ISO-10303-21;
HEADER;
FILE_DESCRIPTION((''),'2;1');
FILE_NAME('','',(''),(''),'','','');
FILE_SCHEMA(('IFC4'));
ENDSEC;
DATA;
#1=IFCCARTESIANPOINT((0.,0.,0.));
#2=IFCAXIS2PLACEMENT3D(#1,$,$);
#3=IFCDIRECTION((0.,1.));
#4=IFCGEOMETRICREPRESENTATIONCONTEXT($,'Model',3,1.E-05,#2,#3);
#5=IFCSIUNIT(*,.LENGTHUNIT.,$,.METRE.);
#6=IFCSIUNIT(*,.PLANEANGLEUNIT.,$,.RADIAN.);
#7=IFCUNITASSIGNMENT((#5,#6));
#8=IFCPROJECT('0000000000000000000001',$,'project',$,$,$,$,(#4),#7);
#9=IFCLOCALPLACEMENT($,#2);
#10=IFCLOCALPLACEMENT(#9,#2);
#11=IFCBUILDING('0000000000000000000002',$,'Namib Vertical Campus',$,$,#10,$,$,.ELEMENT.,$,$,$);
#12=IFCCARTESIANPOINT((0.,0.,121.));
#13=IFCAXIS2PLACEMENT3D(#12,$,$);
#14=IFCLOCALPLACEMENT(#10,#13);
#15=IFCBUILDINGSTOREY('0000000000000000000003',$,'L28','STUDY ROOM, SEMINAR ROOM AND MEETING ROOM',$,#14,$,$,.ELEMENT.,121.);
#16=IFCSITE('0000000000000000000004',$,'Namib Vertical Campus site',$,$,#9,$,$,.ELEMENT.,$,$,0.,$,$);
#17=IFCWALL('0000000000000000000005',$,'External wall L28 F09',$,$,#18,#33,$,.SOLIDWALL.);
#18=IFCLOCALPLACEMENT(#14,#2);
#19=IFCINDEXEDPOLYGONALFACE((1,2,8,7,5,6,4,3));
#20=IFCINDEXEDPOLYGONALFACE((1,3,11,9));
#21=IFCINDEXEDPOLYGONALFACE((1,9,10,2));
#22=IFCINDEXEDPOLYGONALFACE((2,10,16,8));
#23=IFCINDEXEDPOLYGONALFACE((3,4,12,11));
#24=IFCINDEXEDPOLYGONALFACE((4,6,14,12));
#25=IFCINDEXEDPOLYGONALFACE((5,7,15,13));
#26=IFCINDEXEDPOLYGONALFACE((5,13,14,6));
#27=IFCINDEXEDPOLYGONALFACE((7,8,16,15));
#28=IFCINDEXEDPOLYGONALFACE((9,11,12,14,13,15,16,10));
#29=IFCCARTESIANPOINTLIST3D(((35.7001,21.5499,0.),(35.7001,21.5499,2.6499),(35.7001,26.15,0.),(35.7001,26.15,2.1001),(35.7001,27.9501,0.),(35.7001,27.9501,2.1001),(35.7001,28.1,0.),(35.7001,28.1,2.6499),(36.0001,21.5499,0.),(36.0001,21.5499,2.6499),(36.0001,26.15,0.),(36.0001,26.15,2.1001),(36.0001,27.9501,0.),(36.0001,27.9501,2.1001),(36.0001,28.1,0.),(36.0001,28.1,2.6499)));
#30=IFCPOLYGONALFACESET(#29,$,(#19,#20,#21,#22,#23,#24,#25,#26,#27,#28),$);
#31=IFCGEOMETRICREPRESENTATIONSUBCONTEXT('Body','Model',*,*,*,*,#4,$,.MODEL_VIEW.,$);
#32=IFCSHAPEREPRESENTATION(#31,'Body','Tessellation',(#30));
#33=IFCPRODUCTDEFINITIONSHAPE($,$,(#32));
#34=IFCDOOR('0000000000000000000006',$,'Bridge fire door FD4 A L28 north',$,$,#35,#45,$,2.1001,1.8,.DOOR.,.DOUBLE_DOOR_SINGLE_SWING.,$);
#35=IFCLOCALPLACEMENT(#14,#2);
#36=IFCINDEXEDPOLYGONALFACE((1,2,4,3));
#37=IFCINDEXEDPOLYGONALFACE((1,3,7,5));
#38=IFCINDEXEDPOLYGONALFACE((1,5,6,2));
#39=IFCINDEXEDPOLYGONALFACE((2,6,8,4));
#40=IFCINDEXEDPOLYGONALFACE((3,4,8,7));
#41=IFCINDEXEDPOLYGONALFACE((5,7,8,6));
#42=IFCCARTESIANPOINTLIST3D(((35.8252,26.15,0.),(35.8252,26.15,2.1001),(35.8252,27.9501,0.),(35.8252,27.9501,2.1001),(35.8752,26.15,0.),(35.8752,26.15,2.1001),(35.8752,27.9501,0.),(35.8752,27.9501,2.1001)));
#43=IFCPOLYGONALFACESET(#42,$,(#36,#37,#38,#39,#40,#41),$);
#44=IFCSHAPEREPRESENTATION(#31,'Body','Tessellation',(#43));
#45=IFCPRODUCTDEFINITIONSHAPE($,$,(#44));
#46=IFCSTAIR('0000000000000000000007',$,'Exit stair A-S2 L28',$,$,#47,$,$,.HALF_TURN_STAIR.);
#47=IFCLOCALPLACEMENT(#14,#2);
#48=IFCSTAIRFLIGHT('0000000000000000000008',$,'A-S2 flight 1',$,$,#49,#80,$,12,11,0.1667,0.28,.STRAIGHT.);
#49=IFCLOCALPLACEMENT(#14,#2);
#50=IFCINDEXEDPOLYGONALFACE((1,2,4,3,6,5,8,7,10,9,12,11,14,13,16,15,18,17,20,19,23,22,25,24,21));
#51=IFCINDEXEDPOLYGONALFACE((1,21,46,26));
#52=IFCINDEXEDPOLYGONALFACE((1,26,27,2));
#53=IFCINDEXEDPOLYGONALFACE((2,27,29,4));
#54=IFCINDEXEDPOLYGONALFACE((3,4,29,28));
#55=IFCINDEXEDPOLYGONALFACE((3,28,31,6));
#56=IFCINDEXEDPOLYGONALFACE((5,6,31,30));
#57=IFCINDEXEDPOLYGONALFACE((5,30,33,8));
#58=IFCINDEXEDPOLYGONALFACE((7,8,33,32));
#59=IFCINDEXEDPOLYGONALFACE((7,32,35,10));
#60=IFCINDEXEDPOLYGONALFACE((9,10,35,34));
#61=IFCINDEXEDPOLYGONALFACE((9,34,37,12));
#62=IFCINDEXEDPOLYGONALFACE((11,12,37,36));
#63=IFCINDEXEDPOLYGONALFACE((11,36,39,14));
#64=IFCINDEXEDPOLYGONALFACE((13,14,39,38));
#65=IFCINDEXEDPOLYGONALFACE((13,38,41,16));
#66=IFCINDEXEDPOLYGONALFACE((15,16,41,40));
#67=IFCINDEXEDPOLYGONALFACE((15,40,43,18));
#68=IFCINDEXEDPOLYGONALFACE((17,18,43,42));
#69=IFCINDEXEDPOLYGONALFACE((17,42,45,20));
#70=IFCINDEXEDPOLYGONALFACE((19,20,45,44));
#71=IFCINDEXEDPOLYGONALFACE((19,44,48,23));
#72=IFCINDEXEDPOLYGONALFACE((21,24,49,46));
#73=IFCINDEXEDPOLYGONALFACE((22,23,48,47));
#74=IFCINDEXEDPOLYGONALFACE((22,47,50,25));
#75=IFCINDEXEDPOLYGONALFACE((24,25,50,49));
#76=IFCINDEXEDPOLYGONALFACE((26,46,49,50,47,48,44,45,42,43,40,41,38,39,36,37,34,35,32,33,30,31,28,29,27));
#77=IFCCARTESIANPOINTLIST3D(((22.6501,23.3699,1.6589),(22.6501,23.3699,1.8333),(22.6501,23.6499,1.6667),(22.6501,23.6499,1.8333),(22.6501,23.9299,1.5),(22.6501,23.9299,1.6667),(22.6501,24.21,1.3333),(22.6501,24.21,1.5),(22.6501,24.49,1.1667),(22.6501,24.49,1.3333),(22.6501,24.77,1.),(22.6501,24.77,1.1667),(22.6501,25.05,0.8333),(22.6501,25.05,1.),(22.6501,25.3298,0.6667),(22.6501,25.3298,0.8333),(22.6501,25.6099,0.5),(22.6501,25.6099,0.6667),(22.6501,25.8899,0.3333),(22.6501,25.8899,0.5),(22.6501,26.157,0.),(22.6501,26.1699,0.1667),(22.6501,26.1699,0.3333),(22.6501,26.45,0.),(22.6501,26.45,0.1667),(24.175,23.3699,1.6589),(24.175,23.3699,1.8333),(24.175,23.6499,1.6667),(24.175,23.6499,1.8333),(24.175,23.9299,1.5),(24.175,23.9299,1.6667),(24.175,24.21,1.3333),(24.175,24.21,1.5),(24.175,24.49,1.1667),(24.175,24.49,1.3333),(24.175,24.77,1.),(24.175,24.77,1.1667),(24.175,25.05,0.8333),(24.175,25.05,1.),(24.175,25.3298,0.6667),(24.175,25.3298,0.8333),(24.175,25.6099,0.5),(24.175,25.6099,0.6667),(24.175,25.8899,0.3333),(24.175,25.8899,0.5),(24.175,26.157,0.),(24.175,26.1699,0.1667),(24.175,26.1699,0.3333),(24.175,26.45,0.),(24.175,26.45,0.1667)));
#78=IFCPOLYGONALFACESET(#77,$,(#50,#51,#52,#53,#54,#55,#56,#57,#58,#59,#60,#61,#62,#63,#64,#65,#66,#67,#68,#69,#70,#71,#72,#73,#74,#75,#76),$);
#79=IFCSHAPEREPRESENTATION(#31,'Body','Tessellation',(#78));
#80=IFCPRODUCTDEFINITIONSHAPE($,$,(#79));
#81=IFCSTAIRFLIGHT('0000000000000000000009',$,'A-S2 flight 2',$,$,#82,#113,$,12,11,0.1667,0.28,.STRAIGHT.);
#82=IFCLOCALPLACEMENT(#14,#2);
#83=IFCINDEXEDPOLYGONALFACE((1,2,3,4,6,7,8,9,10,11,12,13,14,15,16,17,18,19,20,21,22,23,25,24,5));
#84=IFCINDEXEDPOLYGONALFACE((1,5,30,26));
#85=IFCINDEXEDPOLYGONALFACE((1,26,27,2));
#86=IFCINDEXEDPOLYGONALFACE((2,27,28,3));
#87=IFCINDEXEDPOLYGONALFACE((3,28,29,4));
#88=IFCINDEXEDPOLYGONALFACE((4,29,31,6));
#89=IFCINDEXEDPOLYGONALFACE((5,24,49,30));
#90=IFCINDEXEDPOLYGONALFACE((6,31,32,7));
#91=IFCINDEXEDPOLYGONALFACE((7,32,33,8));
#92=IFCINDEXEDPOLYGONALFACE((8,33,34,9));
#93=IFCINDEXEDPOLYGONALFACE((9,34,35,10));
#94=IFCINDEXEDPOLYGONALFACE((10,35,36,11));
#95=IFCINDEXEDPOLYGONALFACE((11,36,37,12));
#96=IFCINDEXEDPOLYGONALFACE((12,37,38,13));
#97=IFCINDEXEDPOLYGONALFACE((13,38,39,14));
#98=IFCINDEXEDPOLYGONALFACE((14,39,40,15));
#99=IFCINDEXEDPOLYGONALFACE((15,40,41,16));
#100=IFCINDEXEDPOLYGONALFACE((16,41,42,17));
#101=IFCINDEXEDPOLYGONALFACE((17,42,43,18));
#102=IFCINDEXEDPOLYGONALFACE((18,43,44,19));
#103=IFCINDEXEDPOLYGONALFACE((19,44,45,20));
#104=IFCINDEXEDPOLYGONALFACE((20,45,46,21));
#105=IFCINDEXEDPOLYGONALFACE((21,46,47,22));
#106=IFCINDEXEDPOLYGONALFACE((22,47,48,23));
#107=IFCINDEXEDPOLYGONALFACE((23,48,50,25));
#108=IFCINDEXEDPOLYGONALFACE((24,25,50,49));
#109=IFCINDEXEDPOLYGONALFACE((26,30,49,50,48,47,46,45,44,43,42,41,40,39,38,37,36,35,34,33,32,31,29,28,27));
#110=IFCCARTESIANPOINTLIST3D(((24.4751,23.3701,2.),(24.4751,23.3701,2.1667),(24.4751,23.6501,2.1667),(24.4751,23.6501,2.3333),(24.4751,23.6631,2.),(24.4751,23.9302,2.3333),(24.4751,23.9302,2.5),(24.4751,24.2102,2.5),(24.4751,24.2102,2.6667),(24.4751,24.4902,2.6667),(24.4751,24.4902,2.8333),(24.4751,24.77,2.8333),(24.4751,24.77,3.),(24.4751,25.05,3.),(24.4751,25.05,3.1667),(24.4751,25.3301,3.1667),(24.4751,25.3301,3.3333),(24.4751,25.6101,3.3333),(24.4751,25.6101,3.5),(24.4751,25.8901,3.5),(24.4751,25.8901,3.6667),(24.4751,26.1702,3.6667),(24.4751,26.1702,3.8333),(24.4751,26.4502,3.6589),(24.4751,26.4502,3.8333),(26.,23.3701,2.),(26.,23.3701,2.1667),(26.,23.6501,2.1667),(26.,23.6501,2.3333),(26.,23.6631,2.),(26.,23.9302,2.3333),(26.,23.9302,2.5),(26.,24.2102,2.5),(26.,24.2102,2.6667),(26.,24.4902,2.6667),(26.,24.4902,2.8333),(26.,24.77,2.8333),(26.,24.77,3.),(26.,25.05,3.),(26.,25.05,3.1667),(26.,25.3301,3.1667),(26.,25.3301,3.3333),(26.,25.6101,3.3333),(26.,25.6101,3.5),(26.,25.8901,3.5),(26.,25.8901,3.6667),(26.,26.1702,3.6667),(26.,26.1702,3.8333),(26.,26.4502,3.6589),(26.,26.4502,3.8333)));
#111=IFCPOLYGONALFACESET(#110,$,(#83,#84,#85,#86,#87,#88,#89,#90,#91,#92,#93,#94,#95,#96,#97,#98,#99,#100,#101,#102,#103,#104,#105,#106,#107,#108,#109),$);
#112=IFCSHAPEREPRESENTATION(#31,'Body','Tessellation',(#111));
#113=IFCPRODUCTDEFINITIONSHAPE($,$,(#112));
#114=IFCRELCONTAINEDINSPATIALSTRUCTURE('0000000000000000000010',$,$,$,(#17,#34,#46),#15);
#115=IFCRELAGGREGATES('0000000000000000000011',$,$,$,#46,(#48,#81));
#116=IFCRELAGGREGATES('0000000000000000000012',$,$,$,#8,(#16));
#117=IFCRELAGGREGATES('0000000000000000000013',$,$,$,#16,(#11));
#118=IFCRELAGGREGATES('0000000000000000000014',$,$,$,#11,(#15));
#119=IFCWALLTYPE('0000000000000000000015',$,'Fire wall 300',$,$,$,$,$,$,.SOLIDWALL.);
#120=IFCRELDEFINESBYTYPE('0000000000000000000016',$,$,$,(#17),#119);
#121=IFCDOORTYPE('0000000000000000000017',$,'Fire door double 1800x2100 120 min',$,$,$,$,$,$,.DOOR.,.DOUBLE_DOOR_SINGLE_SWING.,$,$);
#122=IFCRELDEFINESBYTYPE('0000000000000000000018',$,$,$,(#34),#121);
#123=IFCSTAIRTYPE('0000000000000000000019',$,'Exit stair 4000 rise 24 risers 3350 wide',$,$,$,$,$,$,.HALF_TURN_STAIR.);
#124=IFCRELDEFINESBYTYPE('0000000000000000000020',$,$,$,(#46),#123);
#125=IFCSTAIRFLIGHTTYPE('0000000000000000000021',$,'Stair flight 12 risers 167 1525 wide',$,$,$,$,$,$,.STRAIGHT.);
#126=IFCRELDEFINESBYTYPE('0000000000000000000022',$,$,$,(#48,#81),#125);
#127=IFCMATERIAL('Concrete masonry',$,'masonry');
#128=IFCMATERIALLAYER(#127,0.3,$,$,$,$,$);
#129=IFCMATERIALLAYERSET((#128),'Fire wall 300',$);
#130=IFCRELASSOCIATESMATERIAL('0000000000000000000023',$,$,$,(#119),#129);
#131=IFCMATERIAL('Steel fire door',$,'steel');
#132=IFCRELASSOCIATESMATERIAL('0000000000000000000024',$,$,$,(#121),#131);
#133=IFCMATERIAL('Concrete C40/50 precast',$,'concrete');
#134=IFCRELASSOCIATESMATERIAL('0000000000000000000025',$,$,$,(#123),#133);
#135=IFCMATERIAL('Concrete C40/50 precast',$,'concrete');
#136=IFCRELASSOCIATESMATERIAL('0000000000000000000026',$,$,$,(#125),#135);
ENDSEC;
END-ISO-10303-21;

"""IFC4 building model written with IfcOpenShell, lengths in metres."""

from ifc_helpers import new_model, si_unit, direction, frame, frame_2d, origin, place, context, subcontext, project, spatial, polyline, rectangle, outline, extrude, material, layer, layer_set, type_object, element, fill, aggregate, save


model = new_model("IFC4")

# Units and contexts
model_context = context("Model", 3, precision=1e-05, world=origin(), true_north=direction((0.0, 1.0)))
body_context = subcontext(model_context, "Body", "Model", "MODEL_VIEW")
ifc_project = project(units=[si_unit("LENGTHUNIT", "METRE"), si_unit("PLANEANGLEUNIT", "RADIAN")], contexts=[model_context])

# Site, building, storey
site_placement = place(None, origin())
site = spatial("IfcSite", under=ifc_project, at=site_placement, Name="Namib Vertical Campus site", CompositionType="ELEMENT", RefElevation=0.0)
building_placement = place(site_placement, origin())
building = spatial("IfcBuilding", under=site, at=building_placement, Name="Namib Vertical Campus", CompositionType="ELEMENT")
storey_placement = place(building_placement, frame((0.0, 0.0, 121.0)))
storey = spatial("IfcBuildingStorey", under=building, at=storey_placement, Name="L28", Description="STUDY ROOM, SEMINAR ROOM AND MEETING ROOM", CompositionType="ELEMENT", Elevation=121.0)

# Wall, opening, door
ifc_material_1 = material(Name="Concrete masonry", Category="masonry")
ifc_layer_1 = layer(ifc_material_1, 0.3)
ifc_layer_set_1 = layer_set([ifc_layer_1], Name="Fire wall 300")
wall_type_1 = type_object("IfcWallType", Name="Fire wall 300", PredefinedType="SOLIDWALL", material=ifc_layer_set_1)
wall_1_placement = place(storey_placement, frame((35.8501, 21.55, 0.0), z_axis=(0.0, 0.0, 1.0), x_axis=(0.0, 1.0, 0.0)))
wall_1 = element("IfcWall", 1, at=wall_1_placement, inside=storey, type_object=wall_type_1, Name="External wall L28 F09", PredefinedType="SOLIDWALL", context=body_context, shape_type="SweptSolid", body=[
    extrude(rectangle(XDim=6.55, YDim=0.3, at=frame_2d((3.2749, 0.0))), origin(), (0.0, 0.0, 1.0), 2.6499),
])
opening_1_placement = place(wall_1_placement, frame((4.6001, 0.0, 0.0)))
opening_1 = element("IfcOpeningElement", 2, at=opening_1_placement, cuts=wall_1, PredefinedType="OPENING", context=body_context, shape_type="SweptSolid", body=[
    extrude(rectangle(XDim=1.8, YDim=2.1001, at=frame_2d((0.8999, 1.05))), frame((0.0, 0.1599, 0.0), z_axis=(0.0, -1.0, 0.0), x_axis=(1.0, 0.0, 0.0)), (0.0, 0.0, 1.0), 0.3201),
])
ifc_material_2 = material(Name="Steel fire door", Category="steel")
door_type_1 = type_object("IfcDoorType", Name="Fire door double 1800x2100 120 min", OperationType="DOUBLE_DOOR_SINGLE_SWING", PredefinedType="DOOR", material=ifc_material_2)
door_1_placement = place(opening_1_placement, origin())
door_1 = element("IfcDoor", 3, at=door_1_placement, inside=storey, type_object=door_type_1, Name="Bridge fire door FD4 A L28 north", OperationType="DOUBLE_DOOR_SINGLE_SWING", OverallHeight=2.1001, OverallWidth=1.8, PredefinedType="DOOR", context=body_context, shape_type="SweptSolid", body=[
    extrude(rectangle(XDim=1.8, YDim=2.1001, at=frame_2d((0.8999, 1.05))), frame((0.0, 0.0249, 0.0), z_axis=(0.0, -1.0, 0.0), x_axis=(1.0, 0.0, 0.0)), (0.0, 0.0, 1.0), 0.05),
])
fill(opening_1, door_1)

# Stair, stair flights
ifc_material_3 = material(Name="Concrete C40/50 precast", Category="concrete")
stair_type = type_object("IfcStairType", Name="Exit stair 4000 rise 24 risers 3350 wide", PredefinedType="HALF_TURN_STAIR", material=ifc_material_3)
stair_placement = place(storey_placement, origin())
stair = element("IfcStair", 4, at=stair_placement, inside=storey, type_object=stair_type, Name="Exit stair A-S2 L28", PredefinedType="HALF_TURN_STAIR")
ifc_material_4 = material(Name="Concrete C40/50 precast", Category="concrete")
stair_flight_type = type_object("IfcStairFlightType", Name="Stair flight 12 risers 167 1525 wide", PredefinedType="STRAIGHT", material=ifc_material_4)
stair_flight_1_placement = place(storey_placement, frame((23.4126, 26.45, 0.0), z_axis=(0.0, 0.0, 1.0), x_axis=(0.0, -1.0, 0.0)))
stair_flight_1 = element("IfcStairFlight", 5, at=stair_flight_1_placement, type_object=stair_flight_type, Name="A-S2 flight 1", NumberOfRisers=12, NumberOfTreads=11, PredefinedType="STRAIGHT", RiserHeight=0.1667, TreadLength=0.28, context=body_context, shape_type="SweptSolid", body=[
    extrude(outline(polyline([(0.0, 0.0), (0.0, 0.1667), (0.28, 0.1667), (0.28, 0.3333), (0.5601, 0.3333), (0.5601, 0.5), (0.8401, 0.5), (0.8401, 0.6667), (1.1201, 0.6667), (1.1201, 0.8333), (1.3999, 0.8333), (1.3999, 1.0), (1.6799, 1.0), (1.6799, 1.1667), (1.96, 1.1667), (1.96, 1.3333), (2.24, 1.3333), (2.24, 1.5), (2.52, 1.5), (2.52, 1.6667), (2.8, 1.6667), (2.8, 1.8333), (3.0801, 1.8333), (3.0801, 2.0), (3.0801, 1.6589), (0.293, 0.0), (0.0, 0.0)])), frame((0.0, 0.7625, 0.0), z_axis=(0.0, -1.0, 0.0), x_axis=(1.0, 0.0, 0.0)), (0.0, 0.0, 1.0), 1.5249),
])
stair_flight_2_placement = place(storey_placement, frame((25.2375, 23.3701, 2.0), z_axis=(0.0, 0.0, 1.0), x_axis=(0.0, 1.0, 0.0)))
stair_flight_2 = element("IfcStairFlight", 6, at=stair_flight_2_placement, type_object=stair_flight_type, Name="A-S2 flight 2", NumberOfRisers=12, NumberOfTreads=11, PredefinedType="STRAIGHT", RiserHeight=0.1667, TreadLength=0.28, context=body_context, shape_type="SweptSolid", body=[
    extrude(outline(polyline([(0.0, 0.0), (0.0, 0.1667), (0.28, 0.1667), (0.28, 0.3333), (0.5601, 0.3333), (0.5601, 0.5), (0.8401, 0.5), (0.8401, 0.6667), (1.1201, 0.6667), (1.1201, 0.8333), (1.3999, 0.8333), (1.3999, 1.0), (1.6799, 1.0), (1.6799, 1.1667), (1.96, 1.1667), (1.96, 1.3333), (2.24, 1.3333), (2.24, 1.5), (2.52, 1.5), (2.52, 1.6667), (2.8, 1.6667), (2.8, 1.8333), (3.0801, 1.8333), (3.0801, 2.0), (3.0801, 1.6589), (0.293, 0.0), (0.0, 0.0)])), frame((0.0, 0.7625, 0.0), z_axis=(0.0, -1.0, 0.0), x_axis=(1.0, 0.0, 0.0)), (0.0, 0.0, 1.0), 1.5249),
])
aggregate(stair, [stair_flight_1, stair_flight_2])

save(model, "model.ifc")
